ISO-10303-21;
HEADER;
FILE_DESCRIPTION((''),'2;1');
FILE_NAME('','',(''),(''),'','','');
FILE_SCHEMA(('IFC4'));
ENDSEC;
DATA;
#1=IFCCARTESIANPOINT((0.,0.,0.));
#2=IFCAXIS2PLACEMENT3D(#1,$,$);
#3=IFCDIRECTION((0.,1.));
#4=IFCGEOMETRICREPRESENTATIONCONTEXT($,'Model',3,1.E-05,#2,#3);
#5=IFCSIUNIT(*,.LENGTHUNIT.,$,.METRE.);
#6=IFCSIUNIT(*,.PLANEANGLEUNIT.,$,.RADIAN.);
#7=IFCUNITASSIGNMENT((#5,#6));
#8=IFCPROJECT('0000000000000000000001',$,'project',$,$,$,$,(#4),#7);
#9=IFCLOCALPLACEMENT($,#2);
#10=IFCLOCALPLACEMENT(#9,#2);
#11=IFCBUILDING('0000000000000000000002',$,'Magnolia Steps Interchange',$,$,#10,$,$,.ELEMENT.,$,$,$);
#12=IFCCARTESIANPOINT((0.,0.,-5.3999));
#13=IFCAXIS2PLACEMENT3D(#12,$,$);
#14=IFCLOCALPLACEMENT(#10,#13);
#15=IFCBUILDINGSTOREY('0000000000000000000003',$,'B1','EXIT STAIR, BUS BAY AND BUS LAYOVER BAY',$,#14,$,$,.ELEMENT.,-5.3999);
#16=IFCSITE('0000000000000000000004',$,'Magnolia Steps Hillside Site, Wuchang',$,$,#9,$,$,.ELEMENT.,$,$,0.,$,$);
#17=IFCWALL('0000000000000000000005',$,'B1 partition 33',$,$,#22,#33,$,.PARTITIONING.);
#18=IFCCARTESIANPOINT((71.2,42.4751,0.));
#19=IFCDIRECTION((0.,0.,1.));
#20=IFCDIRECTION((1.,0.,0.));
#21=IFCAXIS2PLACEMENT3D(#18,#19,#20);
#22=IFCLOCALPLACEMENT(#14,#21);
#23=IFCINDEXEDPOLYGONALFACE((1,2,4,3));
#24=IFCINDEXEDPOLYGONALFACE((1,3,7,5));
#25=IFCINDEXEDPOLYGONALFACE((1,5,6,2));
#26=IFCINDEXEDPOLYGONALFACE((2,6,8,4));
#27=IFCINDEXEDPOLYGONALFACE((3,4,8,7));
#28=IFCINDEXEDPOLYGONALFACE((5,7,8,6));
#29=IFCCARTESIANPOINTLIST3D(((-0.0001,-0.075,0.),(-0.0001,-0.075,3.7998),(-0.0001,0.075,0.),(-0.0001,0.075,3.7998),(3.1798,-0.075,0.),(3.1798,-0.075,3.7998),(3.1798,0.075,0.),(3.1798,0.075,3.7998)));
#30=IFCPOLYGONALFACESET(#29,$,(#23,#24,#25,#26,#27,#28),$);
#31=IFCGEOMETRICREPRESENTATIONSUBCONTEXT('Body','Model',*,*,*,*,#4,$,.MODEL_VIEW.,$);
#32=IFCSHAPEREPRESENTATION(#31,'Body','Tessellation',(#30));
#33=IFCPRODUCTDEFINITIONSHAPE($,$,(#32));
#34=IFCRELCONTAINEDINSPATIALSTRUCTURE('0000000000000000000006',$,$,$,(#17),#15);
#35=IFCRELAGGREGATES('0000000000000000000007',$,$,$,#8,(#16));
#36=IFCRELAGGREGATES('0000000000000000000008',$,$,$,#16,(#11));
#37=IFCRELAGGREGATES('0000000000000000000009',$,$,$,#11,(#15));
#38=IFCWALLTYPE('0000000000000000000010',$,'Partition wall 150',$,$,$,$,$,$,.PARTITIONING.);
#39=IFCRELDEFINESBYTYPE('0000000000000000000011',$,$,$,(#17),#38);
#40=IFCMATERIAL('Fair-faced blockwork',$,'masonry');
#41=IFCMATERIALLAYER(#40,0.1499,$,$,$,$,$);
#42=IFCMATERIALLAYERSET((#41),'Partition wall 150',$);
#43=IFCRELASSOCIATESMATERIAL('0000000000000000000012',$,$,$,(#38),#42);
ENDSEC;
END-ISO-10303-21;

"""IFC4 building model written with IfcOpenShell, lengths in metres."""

from ifc_helpers import new_model, si_unit, direction, frame, frame_2d, origin, place, context, subcontext, project, spatial, rectangle, extrude, material, layer, layer_set, type_object, element, save


model = new_model("IFC4")

# Units and contexts
model_context = context("Model", 3, precision=1e-05, world=origin(), true_north=direction((0.0, 1.0)))
body_context = subcontext(model_context, "Body", "Model", "MODEL_VIEW")
ifc_project = project(units=[si_unit("LENGTHUNIT", "METRE"), si_unit("PLANEANGLEUNIT", "RADIAN")], contexts=[model_context])

# Site, building, storey
site_placement = place(None, origin())
site = spatial("IfcSite", under=ifc_project, at=site_placement, Name="Magnolia Steps Hillside Site, Wuchang", CompositionType="ELEMENT", RefElevation=0.0)
building_placement = place(site_placement, origin())
building = spatial("IfcBuilding", under=site, at=building_placement, Name="Magnolia Steps Interchange", CompositionType="ELEMENT")
storey_placement = place(building_placement, frame((0.0, 0.0, -5.3999)))
storey = spatial("IfcBuildingStorey", under=building, at=storey_placement, Name="B1", Description="EXIT STAIR, BUS BAY AND BUS LAYOVER BAY", CompositionType="ELEMENT", Elevation=-5.3999)

# Wall
ifc_material_1 = material(Name="Fair-faced blockwork", Category="masonry")
ifc_layer_1 = layer(ifc_material_1, 0.1499)
ifc_layer_set_1 = layer_set([ifc_layer_1], Name="Partition wall 150")
wall_type_1 = type_object("IfcWallType", Name="Partition wall 150", PredefinedType="PARTITIONING", material=ifc_layer_set_1)
wall_1_placement = place(storey_placement, frame((71.2, 42.4751, 0.0), z_axis=(0.0, 0.0, 1.0), x_axis=(1.0, 0.0, 0.0)))
element("IfcWall", 1, at=wall_1_placement, inside=storey, type_object=wall_type_1, Name="B1 partition 33", PredefinedType="PARTITIONING", context=body_context, shape_type="SweptSolid", body=[
    extrude(rectangle(XDim=3.1799, YDim=0.1499, at=frame_2d((1.5898, 0.0))), origin(), (0.0, 0.0, 1.0), 3.7998),
])

save(model, "model.ifc")
